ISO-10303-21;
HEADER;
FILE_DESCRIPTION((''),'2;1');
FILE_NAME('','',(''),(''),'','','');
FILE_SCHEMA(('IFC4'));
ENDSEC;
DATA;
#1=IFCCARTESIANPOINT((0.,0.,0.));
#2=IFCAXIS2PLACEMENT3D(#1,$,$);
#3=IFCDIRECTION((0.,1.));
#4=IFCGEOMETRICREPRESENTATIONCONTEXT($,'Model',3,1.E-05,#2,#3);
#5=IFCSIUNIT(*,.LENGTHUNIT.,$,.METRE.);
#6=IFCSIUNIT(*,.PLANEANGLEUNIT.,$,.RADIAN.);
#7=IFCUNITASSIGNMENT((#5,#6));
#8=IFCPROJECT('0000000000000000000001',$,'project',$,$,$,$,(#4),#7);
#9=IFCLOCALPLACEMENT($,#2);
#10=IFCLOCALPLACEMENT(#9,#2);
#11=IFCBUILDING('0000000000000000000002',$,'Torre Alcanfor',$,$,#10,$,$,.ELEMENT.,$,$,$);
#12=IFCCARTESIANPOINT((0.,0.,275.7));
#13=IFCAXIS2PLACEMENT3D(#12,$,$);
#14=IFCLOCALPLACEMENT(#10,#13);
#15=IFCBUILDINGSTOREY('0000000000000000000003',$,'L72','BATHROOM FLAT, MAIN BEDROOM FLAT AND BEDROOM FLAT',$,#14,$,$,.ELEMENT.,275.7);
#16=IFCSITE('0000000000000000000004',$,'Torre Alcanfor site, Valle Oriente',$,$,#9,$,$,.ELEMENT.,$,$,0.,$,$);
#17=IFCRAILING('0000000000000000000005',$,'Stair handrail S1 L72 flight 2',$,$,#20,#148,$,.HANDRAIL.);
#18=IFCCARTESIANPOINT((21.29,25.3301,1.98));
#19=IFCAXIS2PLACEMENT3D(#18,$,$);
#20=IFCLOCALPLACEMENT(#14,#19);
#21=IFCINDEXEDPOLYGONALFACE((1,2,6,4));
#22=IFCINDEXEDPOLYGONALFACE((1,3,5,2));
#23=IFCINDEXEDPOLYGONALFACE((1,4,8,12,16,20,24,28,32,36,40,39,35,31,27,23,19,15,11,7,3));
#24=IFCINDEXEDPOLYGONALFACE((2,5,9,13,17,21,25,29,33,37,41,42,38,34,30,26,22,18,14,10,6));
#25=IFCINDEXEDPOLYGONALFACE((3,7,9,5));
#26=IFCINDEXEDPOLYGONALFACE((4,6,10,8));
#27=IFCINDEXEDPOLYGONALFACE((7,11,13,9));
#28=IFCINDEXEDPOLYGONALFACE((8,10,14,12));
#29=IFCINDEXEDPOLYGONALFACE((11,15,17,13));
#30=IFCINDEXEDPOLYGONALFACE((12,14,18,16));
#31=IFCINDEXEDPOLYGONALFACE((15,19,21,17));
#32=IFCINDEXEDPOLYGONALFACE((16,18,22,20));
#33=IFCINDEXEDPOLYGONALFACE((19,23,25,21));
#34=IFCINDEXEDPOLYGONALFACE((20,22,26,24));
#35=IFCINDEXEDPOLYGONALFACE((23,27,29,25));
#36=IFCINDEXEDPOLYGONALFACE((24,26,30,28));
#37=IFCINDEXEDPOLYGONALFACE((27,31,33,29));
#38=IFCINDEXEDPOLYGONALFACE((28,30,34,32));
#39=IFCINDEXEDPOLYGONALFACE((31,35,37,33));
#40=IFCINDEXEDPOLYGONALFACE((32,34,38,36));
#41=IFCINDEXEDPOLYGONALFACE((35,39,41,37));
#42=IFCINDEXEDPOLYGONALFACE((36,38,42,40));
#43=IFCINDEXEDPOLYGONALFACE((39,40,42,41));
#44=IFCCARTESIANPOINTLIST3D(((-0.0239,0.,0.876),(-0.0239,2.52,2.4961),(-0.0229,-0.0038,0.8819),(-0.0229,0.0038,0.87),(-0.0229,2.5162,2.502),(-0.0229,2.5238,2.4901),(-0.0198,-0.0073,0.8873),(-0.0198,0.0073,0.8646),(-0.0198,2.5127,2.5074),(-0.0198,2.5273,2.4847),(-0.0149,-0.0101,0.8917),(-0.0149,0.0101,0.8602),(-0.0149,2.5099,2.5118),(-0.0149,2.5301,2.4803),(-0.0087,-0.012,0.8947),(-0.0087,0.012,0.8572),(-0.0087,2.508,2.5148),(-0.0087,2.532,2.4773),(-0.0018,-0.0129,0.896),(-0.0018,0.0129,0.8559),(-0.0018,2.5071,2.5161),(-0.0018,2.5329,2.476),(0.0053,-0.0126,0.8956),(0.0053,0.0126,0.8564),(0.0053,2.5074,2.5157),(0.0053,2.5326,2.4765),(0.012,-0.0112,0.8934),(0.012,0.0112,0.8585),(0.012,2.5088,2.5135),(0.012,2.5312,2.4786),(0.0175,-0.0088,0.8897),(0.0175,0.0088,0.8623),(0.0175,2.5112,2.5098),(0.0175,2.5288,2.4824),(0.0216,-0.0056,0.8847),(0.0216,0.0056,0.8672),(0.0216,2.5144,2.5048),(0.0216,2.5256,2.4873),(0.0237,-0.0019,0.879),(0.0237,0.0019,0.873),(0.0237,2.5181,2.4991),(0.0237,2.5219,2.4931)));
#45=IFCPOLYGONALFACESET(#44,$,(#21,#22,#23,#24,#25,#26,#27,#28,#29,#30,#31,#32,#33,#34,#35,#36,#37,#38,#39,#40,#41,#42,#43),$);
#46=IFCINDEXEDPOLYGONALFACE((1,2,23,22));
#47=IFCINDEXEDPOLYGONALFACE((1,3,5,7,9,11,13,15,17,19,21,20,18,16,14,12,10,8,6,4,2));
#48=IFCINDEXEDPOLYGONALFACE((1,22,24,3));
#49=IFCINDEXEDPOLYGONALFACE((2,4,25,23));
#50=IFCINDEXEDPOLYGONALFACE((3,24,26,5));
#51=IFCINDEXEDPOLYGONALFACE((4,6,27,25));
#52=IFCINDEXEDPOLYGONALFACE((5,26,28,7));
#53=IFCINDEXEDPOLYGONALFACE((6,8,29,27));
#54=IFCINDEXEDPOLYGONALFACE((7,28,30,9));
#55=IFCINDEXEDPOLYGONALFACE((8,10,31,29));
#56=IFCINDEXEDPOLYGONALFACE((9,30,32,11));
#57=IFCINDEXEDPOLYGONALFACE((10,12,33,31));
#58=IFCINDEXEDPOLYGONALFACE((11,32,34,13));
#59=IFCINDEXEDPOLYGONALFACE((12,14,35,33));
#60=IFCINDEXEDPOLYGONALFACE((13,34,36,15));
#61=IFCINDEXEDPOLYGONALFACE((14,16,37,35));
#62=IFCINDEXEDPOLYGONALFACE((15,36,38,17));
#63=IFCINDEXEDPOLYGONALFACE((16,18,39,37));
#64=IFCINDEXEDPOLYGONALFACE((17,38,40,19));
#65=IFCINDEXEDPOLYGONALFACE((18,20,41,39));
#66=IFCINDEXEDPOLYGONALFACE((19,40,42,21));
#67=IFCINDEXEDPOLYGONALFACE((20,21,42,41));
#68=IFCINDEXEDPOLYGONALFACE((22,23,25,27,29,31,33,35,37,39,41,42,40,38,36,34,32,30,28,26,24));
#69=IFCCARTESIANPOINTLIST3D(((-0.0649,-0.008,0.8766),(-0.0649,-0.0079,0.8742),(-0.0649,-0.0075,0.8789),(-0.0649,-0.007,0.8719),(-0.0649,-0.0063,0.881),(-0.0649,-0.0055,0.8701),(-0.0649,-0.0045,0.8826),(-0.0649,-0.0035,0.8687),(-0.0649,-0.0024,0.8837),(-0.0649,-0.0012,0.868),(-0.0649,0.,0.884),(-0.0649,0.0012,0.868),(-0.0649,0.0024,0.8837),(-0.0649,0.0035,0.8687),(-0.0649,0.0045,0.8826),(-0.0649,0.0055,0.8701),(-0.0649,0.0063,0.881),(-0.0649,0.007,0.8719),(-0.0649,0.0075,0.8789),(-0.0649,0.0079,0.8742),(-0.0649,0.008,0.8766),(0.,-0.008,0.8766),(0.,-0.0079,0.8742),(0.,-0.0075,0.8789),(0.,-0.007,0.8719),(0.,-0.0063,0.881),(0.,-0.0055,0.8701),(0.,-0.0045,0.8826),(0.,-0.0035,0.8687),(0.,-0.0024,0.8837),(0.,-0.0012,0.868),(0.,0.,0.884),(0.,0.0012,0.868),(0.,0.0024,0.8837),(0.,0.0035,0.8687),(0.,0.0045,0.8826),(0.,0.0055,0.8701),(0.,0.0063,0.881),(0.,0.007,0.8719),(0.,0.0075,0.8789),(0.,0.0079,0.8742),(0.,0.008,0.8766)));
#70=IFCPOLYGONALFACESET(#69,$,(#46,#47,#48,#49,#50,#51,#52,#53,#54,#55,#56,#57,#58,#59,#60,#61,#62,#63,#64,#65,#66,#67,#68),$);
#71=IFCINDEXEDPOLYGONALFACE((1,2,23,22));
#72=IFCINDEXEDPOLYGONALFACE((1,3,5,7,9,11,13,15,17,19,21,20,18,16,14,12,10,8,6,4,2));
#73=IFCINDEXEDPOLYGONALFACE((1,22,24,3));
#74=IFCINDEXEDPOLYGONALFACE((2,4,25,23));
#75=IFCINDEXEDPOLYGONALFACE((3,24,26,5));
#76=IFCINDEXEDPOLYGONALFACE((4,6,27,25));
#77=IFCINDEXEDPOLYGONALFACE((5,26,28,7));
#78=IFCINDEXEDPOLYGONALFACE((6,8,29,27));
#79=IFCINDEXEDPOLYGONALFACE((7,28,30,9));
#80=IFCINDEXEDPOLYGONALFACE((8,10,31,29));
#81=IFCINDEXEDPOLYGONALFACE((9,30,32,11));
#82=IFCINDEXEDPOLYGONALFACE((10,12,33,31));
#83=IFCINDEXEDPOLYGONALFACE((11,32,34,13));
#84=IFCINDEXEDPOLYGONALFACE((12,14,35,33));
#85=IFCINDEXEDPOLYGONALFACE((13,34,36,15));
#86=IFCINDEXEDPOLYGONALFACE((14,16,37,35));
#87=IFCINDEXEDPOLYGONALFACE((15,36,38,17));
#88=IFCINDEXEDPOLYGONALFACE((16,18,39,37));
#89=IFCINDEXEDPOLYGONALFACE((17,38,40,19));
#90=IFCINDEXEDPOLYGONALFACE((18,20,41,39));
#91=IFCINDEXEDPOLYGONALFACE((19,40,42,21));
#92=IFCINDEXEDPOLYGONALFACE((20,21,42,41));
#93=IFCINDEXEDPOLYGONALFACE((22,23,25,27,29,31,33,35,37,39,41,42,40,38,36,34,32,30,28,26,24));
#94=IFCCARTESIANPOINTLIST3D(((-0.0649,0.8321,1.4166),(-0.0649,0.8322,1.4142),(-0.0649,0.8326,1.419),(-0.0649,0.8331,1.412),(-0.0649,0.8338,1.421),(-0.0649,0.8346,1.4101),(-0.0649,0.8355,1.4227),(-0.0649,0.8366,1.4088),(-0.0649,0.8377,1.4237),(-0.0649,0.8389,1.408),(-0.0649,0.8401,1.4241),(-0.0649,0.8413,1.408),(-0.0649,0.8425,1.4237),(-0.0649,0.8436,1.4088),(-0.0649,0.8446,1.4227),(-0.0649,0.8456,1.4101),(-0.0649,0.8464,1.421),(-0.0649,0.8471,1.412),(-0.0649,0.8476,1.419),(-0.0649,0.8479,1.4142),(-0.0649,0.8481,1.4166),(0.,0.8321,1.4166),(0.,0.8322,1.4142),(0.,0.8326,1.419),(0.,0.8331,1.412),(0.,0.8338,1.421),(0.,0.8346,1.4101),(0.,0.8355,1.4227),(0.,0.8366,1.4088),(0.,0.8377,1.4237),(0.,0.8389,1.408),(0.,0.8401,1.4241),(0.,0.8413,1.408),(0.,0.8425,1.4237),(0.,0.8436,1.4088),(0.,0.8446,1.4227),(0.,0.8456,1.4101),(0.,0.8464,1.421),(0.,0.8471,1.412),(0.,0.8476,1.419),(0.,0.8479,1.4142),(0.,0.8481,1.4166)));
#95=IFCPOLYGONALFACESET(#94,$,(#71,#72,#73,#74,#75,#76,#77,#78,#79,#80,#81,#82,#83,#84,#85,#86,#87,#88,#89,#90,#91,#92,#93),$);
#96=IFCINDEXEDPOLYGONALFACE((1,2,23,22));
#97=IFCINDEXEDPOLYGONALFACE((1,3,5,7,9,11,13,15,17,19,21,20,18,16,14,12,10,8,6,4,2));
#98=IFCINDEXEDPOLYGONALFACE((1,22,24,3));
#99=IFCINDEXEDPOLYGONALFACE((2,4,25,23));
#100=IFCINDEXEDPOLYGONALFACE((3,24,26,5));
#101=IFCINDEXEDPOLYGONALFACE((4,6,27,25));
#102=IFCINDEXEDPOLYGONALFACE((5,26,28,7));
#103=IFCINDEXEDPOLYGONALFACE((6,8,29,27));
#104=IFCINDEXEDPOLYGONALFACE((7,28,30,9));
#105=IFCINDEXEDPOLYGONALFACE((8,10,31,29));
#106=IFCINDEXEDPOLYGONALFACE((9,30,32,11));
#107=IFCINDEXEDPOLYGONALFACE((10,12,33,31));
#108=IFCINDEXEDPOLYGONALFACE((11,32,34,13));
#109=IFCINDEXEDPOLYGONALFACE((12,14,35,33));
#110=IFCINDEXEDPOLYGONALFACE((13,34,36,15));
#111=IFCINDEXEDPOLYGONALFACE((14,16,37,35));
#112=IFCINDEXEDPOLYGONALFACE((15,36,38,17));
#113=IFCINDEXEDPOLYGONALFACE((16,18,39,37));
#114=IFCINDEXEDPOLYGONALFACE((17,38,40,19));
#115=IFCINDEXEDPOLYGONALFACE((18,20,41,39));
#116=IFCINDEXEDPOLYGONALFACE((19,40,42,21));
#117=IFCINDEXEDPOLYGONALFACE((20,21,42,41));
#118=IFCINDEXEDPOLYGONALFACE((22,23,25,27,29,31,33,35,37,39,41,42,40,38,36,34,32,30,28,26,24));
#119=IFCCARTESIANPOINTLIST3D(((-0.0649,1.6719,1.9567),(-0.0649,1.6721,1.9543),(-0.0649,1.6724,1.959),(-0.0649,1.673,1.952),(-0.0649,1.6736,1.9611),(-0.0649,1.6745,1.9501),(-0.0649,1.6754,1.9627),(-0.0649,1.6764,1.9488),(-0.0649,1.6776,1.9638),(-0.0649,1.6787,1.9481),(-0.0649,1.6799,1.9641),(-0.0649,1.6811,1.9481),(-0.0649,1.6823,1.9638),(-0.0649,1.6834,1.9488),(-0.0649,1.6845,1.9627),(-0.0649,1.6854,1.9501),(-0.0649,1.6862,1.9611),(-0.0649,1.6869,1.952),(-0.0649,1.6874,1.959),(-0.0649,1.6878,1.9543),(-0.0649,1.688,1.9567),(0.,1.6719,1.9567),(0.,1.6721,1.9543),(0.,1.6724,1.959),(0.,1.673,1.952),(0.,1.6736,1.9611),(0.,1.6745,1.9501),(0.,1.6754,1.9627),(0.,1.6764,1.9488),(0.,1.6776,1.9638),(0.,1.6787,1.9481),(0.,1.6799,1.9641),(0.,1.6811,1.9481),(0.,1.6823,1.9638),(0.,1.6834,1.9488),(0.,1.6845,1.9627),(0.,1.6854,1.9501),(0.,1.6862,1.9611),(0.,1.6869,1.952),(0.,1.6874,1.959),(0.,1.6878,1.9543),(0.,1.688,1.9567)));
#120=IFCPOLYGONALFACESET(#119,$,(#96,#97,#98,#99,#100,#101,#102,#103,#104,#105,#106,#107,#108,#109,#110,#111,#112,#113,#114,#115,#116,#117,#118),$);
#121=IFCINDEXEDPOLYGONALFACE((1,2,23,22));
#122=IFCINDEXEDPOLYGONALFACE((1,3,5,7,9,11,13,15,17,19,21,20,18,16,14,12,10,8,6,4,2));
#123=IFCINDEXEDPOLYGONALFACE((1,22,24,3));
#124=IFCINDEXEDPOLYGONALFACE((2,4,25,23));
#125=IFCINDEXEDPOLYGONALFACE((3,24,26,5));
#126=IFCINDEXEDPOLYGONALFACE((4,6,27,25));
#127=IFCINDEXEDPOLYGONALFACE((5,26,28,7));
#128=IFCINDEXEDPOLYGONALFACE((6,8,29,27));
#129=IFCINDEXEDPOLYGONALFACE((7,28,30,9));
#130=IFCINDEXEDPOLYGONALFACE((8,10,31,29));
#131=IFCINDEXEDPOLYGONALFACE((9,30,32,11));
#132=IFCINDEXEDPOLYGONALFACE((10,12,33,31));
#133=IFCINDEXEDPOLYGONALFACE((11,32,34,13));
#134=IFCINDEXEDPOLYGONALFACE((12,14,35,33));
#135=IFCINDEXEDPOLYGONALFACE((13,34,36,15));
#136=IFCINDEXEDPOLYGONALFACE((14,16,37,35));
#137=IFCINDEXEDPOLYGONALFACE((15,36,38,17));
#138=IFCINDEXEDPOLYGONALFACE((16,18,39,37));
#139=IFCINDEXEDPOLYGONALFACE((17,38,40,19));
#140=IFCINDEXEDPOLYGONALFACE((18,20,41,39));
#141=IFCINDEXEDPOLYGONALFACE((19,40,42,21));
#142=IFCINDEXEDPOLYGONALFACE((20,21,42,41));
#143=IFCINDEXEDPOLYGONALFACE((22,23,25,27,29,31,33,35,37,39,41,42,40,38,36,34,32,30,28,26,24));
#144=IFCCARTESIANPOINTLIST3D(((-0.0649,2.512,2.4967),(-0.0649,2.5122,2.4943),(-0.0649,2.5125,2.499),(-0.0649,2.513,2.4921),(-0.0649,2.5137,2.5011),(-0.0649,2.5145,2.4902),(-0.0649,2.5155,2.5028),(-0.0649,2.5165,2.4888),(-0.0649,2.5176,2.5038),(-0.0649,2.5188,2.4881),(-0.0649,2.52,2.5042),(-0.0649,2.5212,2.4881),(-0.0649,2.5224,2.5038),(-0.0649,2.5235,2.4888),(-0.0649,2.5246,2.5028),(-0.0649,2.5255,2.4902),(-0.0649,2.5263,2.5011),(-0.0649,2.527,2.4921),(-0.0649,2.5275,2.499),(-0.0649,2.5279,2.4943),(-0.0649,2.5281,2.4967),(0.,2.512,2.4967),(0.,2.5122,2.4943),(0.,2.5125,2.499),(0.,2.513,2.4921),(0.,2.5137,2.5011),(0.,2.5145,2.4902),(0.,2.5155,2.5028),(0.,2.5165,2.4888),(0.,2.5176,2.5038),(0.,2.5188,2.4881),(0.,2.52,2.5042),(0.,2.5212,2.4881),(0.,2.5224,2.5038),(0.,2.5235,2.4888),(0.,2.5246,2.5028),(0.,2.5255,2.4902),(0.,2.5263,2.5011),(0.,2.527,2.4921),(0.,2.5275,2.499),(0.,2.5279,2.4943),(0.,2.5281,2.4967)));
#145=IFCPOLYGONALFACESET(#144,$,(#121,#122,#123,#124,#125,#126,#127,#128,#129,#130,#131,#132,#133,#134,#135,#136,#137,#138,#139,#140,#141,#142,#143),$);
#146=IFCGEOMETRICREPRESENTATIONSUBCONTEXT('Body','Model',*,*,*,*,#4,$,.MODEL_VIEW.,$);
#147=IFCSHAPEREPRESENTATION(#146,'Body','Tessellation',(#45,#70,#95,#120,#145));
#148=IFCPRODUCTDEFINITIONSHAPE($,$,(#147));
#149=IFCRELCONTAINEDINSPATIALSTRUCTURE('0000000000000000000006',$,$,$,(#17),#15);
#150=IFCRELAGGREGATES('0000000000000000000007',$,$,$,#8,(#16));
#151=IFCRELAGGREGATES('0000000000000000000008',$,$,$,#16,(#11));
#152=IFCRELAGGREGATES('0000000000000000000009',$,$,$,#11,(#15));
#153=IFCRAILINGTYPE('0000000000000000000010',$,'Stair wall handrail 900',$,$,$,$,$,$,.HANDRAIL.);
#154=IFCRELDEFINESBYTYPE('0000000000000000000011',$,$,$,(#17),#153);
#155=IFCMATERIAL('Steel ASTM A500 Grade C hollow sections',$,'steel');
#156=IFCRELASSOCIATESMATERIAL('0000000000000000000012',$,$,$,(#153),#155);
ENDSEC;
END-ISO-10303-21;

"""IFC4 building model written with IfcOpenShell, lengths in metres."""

from ifc_helpers import new_model, si_unit, direction, frame, origin, origin_2d, place, context, subcontext, project, spatial, circle, extrude, material, type_object, element, save


model = new_model("IFC4")

# Units and contexts
model_context = context("Model", 3, precision=1e-05, world=origin(), true_north=direction((0.0, 1.0)))
body_context = subcontext(model_context, "Body", "Model", "MODEL_VIEW")
ifc_project = project(units=[si_unit("LENGTHUNIT", "METRE"), si_unit("PLANEANGLEUNIT", "RADIAN")], contexts=[model_context])

# Site, building, storey
site_placement = place(None, origin())
site = spatial("IfcSite", under=ifc_project, at=site_placement, Name="Torre Alcanfor site, Valle Oriente", CompositionType="ELEMENT", RefElevation=0.0)
building_placement = place(site_placement, origin())
building = spatial("IfcBuilding", under=site, at=building_placement, Name="Torre Alcanfor", CompositionType="ELEMENT")
storey_placement = place(building_placement, frame((0.0, 0.0, 275.7)))
storey = spatial("IfcBuildingStorey", under=building, at=storey_placement, Name="L72", Description="BATHROOM FLAT, MAIN BEDROOM FLAT AND BEDROOM FLAT", CompositionType="ELEMENT", Elevation=275.7)

# Railing
ifc_material_1 = material(Name="Steel ASTM A500 Grade C hollow sections", Category="steel")
railing_type_1 = type_object("IfcRailingType", Name="Stair wall handrail 900", PredefinedType="HANDRAIL", material=ifc_material_1)
railing_1_placement = place(storey_placement, frame((21.29, 25.3301, 1.98)))
element("IfcRailing", 1, at=railing_1_placement, inside=storey, type_object=railing_type_1, Name="Stair handrail S1 L72 flight 2", PredefinedType="HANDRAIL", context=body_context, shape_type="SweptSolid", body=[
    extrude(circle(Radius=0.0239, at=origin_2d()), frame((0.0, 0.0, 0.876), z_axis=(0.0, 0.841163, 0.540782), x_axis=(-1.0, 0.0, 0.0)), (0.0, 0.0, 1.0), 2.9958),
    extrude(circle(Radius=0.0081, at=origin_2d()), frame((0.0, 0.0, 0.876), z_axis=(-1.0, 0.0, 0.0), x_axis=(0.0, 0.0, 1.0)), (0.0, 0.0, 1.0), 0.0649),
    extrude(circle(Radius=0.0081, at=origin_2d()), frame((0.0, 0.8401, 1.416), z_axis=(-1.0, 0.0, 0.0), x_axis=(0.0, 0.0, 1.0)), (0.0, 0.0, 1.0), 0.0649),
    extrude(circle(Radius=0.0081, at=origin_2d()), frame((0.0, 1.6799, 1.9561), z_axis=(-1.0, 0.0, 0.0), x_axis=(0.0, 0.0, 1.0)), (0.0, 0.0, 1.0), 0.0649),
    extrude(circle(Radius=0.0081, at=origin_2d()), frame((0.0, 2.52, 2.4961), z_axis=(-1.0, 0.0, 0.0), x_axis=(0.0, 0.0, 1.0)), (0.0, 0.0, 1.0), 0.0649),
])

save(model, "model.ifc")
